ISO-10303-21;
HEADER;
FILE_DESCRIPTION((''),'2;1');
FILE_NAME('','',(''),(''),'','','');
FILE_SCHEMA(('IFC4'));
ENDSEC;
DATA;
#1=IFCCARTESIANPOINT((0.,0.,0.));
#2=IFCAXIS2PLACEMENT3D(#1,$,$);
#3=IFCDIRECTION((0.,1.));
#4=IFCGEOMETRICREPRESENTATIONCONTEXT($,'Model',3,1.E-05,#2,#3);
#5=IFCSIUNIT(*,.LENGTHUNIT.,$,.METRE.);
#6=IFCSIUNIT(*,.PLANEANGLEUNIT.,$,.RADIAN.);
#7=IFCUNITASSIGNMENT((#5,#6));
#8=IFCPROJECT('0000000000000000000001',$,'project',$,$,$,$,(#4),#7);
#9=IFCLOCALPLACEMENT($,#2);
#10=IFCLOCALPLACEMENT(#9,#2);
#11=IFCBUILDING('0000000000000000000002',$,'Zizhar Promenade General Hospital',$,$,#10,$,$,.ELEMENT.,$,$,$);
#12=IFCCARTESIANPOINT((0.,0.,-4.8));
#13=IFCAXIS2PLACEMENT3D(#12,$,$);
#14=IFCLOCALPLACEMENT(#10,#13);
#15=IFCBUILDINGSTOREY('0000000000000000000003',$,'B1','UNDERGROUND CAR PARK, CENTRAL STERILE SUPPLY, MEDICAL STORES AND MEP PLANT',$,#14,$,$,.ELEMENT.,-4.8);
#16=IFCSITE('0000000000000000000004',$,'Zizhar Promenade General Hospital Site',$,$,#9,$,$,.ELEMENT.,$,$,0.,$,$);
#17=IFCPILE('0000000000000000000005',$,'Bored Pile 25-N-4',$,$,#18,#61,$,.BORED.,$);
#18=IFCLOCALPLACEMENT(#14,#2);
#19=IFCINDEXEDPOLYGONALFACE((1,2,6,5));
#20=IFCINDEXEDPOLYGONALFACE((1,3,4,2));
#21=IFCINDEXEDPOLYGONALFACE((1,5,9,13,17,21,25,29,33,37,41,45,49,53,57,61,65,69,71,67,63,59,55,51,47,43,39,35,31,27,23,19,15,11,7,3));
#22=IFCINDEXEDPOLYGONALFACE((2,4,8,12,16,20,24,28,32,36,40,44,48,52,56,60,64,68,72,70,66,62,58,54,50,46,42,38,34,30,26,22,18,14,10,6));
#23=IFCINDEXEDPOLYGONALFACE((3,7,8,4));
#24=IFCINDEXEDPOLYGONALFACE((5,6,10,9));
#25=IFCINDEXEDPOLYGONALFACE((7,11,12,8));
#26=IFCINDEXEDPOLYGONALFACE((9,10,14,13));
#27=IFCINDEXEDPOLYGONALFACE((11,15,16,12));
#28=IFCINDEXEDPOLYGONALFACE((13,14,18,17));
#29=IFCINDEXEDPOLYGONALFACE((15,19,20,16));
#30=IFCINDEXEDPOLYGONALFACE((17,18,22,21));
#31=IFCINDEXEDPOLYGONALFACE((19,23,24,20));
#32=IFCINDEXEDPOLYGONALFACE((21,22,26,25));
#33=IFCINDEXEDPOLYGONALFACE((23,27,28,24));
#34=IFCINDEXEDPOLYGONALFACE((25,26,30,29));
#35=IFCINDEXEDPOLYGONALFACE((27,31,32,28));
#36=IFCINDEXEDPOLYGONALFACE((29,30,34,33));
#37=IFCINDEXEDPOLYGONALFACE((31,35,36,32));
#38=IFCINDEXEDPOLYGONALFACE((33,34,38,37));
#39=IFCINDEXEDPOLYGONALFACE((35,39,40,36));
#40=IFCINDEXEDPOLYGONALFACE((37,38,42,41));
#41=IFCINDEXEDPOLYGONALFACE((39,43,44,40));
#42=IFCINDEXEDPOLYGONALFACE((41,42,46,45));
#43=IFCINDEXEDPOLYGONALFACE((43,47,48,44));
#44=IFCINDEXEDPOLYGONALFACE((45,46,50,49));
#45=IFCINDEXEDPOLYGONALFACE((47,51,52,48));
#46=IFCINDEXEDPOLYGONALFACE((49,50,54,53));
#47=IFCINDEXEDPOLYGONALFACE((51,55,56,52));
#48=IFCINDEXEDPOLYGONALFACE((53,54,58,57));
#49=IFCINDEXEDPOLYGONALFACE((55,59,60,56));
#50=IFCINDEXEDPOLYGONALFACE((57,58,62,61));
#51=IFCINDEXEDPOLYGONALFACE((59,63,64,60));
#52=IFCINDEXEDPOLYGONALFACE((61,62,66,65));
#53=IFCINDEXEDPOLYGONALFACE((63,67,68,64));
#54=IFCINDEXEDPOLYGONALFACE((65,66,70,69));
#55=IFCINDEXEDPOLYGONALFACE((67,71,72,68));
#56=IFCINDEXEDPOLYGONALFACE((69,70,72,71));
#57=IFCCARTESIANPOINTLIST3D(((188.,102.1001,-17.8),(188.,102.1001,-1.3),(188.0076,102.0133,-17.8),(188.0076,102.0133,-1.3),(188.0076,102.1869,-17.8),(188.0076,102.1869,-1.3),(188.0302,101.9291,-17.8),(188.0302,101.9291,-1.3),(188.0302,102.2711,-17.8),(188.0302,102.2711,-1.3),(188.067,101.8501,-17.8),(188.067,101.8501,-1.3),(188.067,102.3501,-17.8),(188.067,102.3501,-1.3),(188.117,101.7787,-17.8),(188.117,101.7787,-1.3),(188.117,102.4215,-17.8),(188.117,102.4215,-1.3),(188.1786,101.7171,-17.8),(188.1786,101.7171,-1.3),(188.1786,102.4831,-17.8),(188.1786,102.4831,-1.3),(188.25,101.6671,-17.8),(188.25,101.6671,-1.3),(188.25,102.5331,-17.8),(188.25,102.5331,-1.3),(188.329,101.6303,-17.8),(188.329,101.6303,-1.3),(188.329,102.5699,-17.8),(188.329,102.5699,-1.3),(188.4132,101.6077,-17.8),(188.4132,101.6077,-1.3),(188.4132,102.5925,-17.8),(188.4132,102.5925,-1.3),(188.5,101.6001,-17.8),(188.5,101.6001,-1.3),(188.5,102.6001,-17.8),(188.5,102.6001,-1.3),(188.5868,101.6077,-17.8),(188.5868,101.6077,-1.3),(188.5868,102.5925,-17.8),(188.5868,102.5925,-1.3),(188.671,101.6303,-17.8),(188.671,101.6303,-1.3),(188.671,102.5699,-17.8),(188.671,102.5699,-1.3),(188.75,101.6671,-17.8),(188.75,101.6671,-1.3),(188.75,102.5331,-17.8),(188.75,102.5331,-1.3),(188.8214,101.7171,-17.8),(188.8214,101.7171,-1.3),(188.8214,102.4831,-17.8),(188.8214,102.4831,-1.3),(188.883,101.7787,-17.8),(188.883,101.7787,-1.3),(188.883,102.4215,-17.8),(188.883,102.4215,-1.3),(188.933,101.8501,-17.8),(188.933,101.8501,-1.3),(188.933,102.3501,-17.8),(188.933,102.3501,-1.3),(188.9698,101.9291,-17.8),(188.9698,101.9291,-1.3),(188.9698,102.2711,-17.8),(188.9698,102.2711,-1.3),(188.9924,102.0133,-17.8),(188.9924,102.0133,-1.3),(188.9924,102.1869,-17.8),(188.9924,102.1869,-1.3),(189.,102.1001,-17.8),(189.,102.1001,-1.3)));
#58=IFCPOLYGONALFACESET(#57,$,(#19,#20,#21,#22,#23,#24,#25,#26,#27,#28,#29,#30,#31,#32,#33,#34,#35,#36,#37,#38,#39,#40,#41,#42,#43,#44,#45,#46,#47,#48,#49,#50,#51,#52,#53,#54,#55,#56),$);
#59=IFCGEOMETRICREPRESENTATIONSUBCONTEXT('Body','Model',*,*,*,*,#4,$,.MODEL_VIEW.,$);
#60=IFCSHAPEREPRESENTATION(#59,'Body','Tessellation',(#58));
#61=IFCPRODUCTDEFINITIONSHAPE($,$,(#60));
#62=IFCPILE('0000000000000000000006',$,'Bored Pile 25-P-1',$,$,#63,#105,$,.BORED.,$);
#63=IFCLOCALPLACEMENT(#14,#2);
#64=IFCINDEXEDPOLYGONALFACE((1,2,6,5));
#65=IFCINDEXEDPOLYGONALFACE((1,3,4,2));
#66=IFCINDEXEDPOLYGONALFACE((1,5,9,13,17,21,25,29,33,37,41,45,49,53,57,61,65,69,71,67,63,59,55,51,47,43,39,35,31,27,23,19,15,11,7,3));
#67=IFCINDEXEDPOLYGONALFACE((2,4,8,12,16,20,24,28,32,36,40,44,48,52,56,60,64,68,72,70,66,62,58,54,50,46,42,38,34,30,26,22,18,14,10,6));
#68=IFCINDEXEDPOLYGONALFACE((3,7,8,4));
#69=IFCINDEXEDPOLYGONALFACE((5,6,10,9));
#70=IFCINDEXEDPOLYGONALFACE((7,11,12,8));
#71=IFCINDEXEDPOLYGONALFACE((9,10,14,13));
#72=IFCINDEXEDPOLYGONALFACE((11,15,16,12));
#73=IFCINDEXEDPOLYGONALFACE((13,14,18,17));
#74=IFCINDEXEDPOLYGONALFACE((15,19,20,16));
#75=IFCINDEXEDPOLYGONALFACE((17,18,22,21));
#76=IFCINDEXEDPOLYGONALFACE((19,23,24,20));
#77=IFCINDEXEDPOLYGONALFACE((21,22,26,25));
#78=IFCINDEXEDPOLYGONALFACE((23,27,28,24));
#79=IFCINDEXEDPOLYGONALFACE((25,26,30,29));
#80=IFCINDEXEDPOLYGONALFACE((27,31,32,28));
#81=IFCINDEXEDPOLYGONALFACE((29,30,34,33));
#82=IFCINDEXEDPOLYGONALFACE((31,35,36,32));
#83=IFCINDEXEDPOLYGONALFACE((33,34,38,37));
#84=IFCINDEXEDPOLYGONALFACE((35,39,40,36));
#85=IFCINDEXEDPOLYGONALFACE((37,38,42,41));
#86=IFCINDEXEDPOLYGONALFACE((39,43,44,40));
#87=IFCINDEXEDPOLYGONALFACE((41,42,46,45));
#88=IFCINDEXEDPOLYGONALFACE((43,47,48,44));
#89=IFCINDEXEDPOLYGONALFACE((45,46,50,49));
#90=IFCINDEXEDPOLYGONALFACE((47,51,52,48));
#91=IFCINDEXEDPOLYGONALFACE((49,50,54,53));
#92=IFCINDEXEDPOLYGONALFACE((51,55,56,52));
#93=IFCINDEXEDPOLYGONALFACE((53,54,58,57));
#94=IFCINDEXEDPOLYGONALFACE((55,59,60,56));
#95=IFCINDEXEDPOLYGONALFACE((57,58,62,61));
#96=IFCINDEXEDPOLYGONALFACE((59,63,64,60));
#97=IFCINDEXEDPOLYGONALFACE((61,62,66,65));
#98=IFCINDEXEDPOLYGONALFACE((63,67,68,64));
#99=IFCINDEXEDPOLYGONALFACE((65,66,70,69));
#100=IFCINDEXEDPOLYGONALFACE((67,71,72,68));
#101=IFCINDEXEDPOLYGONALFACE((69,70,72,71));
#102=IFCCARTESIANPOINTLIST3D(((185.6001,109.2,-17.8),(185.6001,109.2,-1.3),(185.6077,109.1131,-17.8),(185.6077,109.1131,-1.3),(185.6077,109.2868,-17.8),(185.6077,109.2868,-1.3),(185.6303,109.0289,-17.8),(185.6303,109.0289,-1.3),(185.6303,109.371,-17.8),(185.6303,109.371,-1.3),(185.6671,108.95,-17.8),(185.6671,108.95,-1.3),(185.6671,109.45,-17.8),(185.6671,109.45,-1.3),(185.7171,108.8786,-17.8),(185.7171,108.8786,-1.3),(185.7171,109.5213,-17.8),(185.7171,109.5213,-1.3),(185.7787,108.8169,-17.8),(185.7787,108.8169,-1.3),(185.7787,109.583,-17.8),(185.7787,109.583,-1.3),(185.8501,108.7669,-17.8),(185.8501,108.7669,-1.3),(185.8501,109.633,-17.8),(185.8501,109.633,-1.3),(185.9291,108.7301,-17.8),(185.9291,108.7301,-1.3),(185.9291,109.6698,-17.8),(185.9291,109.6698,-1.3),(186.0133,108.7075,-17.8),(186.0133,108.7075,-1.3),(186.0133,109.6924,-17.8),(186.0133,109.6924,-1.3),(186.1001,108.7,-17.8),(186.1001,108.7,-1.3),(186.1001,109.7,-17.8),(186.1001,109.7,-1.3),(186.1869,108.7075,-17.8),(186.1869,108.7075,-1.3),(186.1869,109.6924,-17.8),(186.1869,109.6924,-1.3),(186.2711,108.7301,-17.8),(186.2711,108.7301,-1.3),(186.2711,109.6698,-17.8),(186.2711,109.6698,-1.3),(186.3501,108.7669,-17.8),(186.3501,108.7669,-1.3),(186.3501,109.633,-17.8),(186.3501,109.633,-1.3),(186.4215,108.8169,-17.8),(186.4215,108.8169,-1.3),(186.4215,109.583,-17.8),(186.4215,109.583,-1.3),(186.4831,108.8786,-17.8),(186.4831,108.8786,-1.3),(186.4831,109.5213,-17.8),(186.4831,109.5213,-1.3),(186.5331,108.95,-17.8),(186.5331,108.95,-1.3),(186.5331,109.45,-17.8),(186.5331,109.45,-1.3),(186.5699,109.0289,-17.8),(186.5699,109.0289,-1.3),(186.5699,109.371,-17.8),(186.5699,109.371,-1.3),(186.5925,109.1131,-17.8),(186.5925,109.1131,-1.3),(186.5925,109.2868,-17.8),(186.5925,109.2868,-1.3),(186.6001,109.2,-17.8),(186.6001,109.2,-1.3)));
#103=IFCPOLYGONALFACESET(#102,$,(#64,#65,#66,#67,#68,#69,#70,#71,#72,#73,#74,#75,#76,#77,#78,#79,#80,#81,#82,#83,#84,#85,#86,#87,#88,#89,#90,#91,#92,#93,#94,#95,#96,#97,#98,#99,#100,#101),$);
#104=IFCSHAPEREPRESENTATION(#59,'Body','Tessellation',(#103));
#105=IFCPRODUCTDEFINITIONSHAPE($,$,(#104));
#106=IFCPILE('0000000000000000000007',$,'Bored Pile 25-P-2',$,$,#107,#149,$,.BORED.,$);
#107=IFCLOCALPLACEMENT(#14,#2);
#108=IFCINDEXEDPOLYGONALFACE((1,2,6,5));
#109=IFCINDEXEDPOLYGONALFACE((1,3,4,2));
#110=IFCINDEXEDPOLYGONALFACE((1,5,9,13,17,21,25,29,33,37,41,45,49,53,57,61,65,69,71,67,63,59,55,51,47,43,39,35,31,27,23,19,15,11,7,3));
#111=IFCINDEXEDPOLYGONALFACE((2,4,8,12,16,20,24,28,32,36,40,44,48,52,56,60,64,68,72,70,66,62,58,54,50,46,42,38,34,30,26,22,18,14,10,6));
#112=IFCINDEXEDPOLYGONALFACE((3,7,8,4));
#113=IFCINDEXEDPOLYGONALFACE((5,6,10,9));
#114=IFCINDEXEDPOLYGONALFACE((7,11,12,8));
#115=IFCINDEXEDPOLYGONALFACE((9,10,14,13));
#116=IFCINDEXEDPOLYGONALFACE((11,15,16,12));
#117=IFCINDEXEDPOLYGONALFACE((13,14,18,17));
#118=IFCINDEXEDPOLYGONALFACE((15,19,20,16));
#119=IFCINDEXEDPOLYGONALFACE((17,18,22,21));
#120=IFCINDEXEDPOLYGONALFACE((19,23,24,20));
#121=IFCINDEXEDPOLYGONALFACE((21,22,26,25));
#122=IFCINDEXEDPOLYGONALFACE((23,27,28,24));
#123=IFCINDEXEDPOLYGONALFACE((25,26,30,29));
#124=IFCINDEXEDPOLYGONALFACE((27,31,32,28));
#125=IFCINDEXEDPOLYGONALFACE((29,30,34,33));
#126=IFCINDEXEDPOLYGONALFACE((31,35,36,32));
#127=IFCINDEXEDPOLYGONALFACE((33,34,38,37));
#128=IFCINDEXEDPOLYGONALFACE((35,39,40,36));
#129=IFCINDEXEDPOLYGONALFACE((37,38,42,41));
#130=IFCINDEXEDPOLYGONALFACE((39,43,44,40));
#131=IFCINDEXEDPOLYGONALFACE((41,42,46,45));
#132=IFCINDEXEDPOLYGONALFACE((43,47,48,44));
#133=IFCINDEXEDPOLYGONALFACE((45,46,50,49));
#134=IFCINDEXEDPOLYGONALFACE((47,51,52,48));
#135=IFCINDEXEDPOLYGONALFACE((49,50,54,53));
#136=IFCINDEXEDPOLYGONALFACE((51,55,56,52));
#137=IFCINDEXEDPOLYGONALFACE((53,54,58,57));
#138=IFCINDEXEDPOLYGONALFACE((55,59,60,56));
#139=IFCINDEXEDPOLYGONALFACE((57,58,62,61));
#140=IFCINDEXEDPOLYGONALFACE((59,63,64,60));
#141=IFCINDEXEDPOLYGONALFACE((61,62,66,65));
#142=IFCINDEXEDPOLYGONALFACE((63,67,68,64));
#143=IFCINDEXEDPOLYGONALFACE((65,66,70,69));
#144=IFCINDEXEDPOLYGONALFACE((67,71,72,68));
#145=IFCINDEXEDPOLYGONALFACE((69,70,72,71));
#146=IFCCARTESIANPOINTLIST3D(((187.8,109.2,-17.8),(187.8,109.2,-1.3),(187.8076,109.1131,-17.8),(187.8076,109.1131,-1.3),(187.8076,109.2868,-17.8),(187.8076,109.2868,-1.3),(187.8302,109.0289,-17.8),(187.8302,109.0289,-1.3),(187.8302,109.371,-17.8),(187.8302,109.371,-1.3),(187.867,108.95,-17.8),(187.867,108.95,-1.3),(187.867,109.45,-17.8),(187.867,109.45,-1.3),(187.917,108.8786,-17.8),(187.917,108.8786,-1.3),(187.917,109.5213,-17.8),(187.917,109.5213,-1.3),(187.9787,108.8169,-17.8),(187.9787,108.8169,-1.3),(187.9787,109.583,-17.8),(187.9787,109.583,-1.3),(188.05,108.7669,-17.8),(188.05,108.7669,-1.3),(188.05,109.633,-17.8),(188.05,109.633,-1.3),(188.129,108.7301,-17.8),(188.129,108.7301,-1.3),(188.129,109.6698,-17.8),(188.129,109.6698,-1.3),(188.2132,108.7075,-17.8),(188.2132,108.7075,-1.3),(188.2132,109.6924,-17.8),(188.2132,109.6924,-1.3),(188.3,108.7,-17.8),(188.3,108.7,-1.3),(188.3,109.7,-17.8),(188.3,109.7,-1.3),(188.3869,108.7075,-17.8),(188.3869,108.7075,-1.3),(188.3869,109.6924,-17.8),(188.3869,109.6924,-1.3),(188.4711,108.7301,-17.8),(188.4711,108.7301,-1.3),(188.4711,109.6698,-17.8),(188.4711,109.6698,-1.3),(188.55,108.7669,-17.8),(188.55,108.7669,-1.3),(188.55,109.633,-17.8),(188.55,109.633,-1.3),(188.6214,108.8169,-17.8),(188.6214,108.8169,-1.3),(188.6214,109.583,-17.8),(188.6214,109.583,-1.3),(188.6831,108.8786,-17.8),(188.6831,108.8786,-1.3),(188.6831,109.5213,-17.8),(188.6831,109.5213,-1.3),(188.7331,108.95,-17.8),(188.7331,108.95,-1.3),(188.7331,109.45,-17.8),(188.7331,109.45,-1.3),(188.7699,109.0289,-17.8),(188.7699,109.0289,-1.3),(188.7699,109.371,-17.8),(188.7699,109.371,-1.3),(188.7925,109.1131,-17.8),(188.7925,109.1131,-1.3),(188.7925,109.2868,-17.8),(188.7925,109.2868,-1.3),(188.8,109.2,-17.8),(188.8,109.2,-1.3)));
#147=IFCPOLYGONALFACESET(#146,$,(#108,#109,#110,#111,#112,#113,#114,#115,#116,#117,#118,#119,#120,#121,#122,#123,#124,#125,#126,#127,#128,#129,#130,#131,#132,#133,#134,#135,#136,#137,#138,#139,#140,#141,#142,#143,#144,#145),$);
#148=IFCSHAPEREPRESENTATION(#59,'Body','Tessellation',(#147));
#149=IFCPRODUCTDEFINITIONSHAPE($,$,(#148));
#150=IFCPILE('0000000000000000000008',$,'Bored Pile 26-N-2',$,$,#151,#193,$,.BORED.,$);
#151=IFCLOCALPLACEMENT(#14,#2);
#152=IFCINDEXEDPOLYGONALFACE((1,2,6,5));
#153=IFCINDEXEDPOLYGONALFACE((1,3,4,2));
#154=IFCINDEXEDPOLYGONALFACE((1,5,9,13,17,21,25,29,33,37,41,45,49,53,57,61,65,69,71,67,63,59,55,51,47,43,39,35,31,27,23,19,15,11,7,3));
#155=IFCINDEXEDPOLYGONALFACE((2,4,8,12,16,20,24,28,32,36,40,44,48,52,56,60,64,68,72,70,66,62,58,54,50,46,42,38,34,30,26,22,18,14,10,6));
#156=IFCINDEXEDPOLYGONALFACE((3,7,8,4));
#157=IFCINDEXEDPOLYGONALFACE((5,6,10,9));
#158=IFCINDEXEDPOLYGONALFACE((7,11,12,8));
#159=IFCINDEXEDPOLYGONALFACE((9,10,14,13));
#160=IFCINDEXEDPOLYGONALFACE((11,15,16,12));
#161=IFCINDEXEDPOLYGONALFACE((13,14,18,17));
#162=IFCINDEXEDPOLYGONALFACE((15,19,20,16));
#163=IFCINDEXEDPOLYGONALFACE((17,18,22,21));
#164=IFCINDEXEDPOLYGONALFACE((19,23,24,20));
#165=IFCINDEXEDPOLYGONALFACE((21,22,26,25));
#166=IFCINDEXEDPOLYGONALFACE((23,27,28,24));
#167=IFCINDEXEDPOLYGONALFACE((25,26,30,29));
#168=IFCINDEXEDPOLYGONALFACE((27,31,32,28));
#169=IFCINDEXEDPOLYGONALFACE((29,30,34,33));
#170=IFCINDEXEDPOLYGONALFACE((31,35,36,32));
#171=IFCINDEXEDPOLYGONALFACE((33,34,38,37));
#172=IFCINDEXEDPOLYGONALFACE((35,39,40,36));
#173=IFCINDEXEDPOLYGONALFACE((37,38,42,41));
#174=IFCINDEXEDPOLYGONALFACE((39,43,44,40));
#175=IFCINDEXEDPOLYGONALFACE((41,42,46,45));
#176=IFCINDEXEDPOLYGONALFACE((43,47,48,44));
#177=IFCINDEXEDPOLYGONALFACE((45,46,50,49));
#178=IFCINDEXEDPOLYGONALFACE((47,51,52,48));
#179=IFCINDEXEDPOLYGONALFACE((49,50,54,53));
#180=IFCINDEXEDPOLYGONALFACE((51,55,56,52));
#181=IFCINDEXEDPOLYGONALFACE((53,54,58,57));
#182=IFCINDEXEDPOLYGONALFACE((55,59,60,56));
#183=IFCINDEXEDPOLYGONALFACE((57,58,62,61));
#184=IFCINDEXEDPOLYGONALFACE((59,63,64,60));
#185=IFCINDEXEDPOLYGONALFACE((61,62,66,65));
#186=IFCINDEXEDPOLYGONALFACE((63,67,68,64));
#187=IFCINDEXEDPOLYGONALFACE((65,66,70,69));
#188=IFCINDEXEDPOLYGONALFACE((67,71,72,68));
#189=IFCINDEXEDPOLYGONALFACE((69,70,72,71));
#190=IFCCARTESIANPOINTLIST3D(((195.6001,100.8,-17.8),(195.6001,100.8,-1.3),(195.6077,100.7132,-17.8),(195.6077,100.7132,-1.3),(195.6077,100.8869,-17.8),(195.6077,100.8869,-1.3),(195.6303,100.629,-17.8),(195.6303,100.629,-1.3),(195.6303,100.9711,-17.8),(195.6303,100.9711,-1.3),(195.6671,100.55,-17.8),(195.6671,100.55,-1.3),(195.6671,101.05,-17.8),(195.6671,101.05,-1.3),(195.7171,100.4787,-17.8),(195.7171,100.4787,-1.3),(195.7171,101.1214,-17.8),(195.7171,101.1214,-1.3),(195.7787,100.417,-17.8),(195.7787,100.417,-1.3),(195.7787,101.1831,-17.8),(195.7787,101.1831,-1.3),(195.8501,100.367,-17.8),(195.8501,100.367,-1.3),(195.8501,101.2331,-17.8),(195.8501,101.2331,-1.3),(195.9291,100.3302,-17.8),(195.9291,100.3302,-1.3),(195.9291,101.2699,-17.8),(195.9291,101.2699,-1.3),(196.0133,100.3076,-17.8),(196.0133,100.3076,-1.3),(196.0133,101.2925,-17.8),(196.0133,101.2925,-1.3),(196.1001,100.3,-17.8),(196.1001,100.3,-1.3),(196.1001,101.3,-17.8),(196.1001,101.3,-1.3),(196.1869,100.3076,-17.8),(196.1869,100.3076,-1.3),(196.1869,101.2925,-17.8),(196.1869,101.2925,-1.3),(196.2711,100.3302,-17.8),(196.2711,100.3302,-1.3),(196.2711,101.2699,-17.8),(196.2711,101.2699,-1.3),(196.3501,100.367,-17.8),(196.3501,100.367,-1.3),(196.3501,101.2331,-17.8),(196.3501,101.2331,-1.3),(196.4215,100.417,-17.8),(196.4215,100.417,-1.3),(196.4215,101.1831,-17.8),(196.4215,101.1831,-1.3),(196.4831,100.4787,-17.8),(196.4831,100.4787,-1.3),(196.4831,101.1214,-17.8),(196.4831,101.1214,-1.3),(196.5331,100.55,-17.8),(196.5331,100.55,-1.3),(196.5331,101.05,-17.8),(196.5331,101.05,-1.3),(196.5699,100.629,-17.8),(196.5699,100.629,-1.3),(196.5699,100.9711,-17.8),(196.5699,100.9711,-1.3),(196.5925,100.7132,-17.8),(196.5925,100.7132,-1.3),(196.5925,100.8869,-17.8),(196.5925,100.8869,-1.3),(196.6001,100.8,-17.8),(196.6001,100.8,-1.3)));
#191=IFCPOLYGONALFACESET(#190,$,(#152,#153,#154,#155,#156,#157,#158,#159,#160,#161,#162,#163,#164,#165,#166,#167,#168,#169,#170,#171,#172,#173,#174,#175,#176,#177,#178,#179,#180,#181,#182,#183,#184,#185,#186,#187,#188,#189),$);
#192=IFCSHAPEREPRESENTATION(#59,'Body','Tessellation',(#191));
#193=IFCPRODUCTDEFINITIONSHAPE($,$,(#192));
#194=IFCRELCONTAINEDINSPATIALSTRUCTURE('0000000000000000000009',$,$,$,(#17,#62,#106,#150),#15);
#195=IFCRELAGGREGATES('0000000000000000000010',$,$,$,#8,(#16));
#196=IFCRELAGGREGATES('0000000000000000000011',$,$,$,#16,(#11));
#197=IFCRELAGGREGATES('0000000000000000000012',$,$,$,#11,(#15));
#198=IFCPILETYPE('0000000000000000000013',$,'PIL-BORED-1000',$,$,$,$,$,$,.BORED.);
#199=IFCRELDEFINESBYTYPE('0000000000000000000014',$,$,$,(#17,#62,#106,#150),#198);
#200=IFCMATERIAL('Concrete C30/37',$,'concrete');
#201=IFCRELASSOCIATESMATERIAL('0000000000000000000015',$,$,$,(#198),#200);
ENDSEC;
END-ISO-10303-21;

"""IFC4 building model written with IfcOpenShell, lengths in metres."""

from ifc_helpers import new_model, si_unit, direction, frame, origin, origin_2d, place, context, subcontext, project, spatial, circle, extrude, material, material_profile, profile_set, type_object, element, save


model = new_model("IFC4")

# Units and contexts
model_context = context("Model", 3, precision=1e-05, world=origin(), true_north=direction((0.0, 1.0)))
body_context = subcontext(model_context, "Body", "Model", "MODEL_VIEW")
ifc_project = project(units=[si_unit("LENGTHUNIT", "METRE"), si_unit("PLANEANGLEUNIT", "RADIAN")], contexts=[model_context])

# Site, building, storey
site_placement = place(None, origin())
site = spatial("IfcSite", under=ifc_project, at=site_placement, Name="Zizhar Promenade General Hospital Site", CompositionType="ELEMENT", RefElevation=0.0)
building_placement = place(site_placement, origin())
building = spatial("IfcBuilding", under=site, at=building_placement, Name="Zizhar Promenade General Hospital", CompositionType="ELEMENT")
storey_placement = place(building_placement, frame((0.0, 0.0, -4.8)))
storey = spatial("IfcBuildingStorey", under=building, at=storey_placement, Name="B1", Description="UNDERGROUND CAR PARK, CENTRAL STERILE SUPPLY, MEDICAL STORES AND MEP PLANT", CompositionType="ELEMENT", Elevation=-4.8)

# Piles
ifc_material_1 = material(Name="Concrete C30/37", Category="concrete")
ifc_material_profile_1 = material_profile(ifc_material_1, circle(Radius=0.5, at=origin_2d()))
ifc_profile_set_1 = profile_set([ifc_material_profile_1], Name="Concrete C30/37")
pile_type = type_object("IfcPileType", Name="PIL-BORED-1000", PredefinedType="BORED", material=ifc_profile_set_1)
for number, where, z_axis, x_axis, name in (
    (1, (188.5, 102.1001, -1.3), (0.0, 0.0, -1.0), (1.0, 0.0, 0.0), "Bored Pile 25-N-4"),
    (2, (186.1001, 109.2, -1.3), (0.0, 0.0, -1.0), (1.0, 0.0, 0.0), "Bored Pile 25-P-1"),
    (3, (188.3, 109.2, -1.3), (0.0, 0.0, -1.0), (1.0, 0.0, 0.0), "Bored Pile 25-P-2"),
    (4, (196.1001, 100.8, -1.3), (0.0, 0.0, -1.0), (1.0, 0.0, 0.0), "Bored Pile 26-N-2"),
):
    element("IfcPile", number, at=place(storey_placement, frame(where, z_axis=z_axis, x_axis=x_axis)), inside=storey, type_object=pile_type, Name=name, PredefinedType="BORED", context=body_context, shape_type="SweptSolid", body=[
        extrude(circle(Radius=0.5, at=origin_2d()), origin(), (0.0, 0.0, 1.0), 16.5),
    ])

save(model, "model.ifc")
